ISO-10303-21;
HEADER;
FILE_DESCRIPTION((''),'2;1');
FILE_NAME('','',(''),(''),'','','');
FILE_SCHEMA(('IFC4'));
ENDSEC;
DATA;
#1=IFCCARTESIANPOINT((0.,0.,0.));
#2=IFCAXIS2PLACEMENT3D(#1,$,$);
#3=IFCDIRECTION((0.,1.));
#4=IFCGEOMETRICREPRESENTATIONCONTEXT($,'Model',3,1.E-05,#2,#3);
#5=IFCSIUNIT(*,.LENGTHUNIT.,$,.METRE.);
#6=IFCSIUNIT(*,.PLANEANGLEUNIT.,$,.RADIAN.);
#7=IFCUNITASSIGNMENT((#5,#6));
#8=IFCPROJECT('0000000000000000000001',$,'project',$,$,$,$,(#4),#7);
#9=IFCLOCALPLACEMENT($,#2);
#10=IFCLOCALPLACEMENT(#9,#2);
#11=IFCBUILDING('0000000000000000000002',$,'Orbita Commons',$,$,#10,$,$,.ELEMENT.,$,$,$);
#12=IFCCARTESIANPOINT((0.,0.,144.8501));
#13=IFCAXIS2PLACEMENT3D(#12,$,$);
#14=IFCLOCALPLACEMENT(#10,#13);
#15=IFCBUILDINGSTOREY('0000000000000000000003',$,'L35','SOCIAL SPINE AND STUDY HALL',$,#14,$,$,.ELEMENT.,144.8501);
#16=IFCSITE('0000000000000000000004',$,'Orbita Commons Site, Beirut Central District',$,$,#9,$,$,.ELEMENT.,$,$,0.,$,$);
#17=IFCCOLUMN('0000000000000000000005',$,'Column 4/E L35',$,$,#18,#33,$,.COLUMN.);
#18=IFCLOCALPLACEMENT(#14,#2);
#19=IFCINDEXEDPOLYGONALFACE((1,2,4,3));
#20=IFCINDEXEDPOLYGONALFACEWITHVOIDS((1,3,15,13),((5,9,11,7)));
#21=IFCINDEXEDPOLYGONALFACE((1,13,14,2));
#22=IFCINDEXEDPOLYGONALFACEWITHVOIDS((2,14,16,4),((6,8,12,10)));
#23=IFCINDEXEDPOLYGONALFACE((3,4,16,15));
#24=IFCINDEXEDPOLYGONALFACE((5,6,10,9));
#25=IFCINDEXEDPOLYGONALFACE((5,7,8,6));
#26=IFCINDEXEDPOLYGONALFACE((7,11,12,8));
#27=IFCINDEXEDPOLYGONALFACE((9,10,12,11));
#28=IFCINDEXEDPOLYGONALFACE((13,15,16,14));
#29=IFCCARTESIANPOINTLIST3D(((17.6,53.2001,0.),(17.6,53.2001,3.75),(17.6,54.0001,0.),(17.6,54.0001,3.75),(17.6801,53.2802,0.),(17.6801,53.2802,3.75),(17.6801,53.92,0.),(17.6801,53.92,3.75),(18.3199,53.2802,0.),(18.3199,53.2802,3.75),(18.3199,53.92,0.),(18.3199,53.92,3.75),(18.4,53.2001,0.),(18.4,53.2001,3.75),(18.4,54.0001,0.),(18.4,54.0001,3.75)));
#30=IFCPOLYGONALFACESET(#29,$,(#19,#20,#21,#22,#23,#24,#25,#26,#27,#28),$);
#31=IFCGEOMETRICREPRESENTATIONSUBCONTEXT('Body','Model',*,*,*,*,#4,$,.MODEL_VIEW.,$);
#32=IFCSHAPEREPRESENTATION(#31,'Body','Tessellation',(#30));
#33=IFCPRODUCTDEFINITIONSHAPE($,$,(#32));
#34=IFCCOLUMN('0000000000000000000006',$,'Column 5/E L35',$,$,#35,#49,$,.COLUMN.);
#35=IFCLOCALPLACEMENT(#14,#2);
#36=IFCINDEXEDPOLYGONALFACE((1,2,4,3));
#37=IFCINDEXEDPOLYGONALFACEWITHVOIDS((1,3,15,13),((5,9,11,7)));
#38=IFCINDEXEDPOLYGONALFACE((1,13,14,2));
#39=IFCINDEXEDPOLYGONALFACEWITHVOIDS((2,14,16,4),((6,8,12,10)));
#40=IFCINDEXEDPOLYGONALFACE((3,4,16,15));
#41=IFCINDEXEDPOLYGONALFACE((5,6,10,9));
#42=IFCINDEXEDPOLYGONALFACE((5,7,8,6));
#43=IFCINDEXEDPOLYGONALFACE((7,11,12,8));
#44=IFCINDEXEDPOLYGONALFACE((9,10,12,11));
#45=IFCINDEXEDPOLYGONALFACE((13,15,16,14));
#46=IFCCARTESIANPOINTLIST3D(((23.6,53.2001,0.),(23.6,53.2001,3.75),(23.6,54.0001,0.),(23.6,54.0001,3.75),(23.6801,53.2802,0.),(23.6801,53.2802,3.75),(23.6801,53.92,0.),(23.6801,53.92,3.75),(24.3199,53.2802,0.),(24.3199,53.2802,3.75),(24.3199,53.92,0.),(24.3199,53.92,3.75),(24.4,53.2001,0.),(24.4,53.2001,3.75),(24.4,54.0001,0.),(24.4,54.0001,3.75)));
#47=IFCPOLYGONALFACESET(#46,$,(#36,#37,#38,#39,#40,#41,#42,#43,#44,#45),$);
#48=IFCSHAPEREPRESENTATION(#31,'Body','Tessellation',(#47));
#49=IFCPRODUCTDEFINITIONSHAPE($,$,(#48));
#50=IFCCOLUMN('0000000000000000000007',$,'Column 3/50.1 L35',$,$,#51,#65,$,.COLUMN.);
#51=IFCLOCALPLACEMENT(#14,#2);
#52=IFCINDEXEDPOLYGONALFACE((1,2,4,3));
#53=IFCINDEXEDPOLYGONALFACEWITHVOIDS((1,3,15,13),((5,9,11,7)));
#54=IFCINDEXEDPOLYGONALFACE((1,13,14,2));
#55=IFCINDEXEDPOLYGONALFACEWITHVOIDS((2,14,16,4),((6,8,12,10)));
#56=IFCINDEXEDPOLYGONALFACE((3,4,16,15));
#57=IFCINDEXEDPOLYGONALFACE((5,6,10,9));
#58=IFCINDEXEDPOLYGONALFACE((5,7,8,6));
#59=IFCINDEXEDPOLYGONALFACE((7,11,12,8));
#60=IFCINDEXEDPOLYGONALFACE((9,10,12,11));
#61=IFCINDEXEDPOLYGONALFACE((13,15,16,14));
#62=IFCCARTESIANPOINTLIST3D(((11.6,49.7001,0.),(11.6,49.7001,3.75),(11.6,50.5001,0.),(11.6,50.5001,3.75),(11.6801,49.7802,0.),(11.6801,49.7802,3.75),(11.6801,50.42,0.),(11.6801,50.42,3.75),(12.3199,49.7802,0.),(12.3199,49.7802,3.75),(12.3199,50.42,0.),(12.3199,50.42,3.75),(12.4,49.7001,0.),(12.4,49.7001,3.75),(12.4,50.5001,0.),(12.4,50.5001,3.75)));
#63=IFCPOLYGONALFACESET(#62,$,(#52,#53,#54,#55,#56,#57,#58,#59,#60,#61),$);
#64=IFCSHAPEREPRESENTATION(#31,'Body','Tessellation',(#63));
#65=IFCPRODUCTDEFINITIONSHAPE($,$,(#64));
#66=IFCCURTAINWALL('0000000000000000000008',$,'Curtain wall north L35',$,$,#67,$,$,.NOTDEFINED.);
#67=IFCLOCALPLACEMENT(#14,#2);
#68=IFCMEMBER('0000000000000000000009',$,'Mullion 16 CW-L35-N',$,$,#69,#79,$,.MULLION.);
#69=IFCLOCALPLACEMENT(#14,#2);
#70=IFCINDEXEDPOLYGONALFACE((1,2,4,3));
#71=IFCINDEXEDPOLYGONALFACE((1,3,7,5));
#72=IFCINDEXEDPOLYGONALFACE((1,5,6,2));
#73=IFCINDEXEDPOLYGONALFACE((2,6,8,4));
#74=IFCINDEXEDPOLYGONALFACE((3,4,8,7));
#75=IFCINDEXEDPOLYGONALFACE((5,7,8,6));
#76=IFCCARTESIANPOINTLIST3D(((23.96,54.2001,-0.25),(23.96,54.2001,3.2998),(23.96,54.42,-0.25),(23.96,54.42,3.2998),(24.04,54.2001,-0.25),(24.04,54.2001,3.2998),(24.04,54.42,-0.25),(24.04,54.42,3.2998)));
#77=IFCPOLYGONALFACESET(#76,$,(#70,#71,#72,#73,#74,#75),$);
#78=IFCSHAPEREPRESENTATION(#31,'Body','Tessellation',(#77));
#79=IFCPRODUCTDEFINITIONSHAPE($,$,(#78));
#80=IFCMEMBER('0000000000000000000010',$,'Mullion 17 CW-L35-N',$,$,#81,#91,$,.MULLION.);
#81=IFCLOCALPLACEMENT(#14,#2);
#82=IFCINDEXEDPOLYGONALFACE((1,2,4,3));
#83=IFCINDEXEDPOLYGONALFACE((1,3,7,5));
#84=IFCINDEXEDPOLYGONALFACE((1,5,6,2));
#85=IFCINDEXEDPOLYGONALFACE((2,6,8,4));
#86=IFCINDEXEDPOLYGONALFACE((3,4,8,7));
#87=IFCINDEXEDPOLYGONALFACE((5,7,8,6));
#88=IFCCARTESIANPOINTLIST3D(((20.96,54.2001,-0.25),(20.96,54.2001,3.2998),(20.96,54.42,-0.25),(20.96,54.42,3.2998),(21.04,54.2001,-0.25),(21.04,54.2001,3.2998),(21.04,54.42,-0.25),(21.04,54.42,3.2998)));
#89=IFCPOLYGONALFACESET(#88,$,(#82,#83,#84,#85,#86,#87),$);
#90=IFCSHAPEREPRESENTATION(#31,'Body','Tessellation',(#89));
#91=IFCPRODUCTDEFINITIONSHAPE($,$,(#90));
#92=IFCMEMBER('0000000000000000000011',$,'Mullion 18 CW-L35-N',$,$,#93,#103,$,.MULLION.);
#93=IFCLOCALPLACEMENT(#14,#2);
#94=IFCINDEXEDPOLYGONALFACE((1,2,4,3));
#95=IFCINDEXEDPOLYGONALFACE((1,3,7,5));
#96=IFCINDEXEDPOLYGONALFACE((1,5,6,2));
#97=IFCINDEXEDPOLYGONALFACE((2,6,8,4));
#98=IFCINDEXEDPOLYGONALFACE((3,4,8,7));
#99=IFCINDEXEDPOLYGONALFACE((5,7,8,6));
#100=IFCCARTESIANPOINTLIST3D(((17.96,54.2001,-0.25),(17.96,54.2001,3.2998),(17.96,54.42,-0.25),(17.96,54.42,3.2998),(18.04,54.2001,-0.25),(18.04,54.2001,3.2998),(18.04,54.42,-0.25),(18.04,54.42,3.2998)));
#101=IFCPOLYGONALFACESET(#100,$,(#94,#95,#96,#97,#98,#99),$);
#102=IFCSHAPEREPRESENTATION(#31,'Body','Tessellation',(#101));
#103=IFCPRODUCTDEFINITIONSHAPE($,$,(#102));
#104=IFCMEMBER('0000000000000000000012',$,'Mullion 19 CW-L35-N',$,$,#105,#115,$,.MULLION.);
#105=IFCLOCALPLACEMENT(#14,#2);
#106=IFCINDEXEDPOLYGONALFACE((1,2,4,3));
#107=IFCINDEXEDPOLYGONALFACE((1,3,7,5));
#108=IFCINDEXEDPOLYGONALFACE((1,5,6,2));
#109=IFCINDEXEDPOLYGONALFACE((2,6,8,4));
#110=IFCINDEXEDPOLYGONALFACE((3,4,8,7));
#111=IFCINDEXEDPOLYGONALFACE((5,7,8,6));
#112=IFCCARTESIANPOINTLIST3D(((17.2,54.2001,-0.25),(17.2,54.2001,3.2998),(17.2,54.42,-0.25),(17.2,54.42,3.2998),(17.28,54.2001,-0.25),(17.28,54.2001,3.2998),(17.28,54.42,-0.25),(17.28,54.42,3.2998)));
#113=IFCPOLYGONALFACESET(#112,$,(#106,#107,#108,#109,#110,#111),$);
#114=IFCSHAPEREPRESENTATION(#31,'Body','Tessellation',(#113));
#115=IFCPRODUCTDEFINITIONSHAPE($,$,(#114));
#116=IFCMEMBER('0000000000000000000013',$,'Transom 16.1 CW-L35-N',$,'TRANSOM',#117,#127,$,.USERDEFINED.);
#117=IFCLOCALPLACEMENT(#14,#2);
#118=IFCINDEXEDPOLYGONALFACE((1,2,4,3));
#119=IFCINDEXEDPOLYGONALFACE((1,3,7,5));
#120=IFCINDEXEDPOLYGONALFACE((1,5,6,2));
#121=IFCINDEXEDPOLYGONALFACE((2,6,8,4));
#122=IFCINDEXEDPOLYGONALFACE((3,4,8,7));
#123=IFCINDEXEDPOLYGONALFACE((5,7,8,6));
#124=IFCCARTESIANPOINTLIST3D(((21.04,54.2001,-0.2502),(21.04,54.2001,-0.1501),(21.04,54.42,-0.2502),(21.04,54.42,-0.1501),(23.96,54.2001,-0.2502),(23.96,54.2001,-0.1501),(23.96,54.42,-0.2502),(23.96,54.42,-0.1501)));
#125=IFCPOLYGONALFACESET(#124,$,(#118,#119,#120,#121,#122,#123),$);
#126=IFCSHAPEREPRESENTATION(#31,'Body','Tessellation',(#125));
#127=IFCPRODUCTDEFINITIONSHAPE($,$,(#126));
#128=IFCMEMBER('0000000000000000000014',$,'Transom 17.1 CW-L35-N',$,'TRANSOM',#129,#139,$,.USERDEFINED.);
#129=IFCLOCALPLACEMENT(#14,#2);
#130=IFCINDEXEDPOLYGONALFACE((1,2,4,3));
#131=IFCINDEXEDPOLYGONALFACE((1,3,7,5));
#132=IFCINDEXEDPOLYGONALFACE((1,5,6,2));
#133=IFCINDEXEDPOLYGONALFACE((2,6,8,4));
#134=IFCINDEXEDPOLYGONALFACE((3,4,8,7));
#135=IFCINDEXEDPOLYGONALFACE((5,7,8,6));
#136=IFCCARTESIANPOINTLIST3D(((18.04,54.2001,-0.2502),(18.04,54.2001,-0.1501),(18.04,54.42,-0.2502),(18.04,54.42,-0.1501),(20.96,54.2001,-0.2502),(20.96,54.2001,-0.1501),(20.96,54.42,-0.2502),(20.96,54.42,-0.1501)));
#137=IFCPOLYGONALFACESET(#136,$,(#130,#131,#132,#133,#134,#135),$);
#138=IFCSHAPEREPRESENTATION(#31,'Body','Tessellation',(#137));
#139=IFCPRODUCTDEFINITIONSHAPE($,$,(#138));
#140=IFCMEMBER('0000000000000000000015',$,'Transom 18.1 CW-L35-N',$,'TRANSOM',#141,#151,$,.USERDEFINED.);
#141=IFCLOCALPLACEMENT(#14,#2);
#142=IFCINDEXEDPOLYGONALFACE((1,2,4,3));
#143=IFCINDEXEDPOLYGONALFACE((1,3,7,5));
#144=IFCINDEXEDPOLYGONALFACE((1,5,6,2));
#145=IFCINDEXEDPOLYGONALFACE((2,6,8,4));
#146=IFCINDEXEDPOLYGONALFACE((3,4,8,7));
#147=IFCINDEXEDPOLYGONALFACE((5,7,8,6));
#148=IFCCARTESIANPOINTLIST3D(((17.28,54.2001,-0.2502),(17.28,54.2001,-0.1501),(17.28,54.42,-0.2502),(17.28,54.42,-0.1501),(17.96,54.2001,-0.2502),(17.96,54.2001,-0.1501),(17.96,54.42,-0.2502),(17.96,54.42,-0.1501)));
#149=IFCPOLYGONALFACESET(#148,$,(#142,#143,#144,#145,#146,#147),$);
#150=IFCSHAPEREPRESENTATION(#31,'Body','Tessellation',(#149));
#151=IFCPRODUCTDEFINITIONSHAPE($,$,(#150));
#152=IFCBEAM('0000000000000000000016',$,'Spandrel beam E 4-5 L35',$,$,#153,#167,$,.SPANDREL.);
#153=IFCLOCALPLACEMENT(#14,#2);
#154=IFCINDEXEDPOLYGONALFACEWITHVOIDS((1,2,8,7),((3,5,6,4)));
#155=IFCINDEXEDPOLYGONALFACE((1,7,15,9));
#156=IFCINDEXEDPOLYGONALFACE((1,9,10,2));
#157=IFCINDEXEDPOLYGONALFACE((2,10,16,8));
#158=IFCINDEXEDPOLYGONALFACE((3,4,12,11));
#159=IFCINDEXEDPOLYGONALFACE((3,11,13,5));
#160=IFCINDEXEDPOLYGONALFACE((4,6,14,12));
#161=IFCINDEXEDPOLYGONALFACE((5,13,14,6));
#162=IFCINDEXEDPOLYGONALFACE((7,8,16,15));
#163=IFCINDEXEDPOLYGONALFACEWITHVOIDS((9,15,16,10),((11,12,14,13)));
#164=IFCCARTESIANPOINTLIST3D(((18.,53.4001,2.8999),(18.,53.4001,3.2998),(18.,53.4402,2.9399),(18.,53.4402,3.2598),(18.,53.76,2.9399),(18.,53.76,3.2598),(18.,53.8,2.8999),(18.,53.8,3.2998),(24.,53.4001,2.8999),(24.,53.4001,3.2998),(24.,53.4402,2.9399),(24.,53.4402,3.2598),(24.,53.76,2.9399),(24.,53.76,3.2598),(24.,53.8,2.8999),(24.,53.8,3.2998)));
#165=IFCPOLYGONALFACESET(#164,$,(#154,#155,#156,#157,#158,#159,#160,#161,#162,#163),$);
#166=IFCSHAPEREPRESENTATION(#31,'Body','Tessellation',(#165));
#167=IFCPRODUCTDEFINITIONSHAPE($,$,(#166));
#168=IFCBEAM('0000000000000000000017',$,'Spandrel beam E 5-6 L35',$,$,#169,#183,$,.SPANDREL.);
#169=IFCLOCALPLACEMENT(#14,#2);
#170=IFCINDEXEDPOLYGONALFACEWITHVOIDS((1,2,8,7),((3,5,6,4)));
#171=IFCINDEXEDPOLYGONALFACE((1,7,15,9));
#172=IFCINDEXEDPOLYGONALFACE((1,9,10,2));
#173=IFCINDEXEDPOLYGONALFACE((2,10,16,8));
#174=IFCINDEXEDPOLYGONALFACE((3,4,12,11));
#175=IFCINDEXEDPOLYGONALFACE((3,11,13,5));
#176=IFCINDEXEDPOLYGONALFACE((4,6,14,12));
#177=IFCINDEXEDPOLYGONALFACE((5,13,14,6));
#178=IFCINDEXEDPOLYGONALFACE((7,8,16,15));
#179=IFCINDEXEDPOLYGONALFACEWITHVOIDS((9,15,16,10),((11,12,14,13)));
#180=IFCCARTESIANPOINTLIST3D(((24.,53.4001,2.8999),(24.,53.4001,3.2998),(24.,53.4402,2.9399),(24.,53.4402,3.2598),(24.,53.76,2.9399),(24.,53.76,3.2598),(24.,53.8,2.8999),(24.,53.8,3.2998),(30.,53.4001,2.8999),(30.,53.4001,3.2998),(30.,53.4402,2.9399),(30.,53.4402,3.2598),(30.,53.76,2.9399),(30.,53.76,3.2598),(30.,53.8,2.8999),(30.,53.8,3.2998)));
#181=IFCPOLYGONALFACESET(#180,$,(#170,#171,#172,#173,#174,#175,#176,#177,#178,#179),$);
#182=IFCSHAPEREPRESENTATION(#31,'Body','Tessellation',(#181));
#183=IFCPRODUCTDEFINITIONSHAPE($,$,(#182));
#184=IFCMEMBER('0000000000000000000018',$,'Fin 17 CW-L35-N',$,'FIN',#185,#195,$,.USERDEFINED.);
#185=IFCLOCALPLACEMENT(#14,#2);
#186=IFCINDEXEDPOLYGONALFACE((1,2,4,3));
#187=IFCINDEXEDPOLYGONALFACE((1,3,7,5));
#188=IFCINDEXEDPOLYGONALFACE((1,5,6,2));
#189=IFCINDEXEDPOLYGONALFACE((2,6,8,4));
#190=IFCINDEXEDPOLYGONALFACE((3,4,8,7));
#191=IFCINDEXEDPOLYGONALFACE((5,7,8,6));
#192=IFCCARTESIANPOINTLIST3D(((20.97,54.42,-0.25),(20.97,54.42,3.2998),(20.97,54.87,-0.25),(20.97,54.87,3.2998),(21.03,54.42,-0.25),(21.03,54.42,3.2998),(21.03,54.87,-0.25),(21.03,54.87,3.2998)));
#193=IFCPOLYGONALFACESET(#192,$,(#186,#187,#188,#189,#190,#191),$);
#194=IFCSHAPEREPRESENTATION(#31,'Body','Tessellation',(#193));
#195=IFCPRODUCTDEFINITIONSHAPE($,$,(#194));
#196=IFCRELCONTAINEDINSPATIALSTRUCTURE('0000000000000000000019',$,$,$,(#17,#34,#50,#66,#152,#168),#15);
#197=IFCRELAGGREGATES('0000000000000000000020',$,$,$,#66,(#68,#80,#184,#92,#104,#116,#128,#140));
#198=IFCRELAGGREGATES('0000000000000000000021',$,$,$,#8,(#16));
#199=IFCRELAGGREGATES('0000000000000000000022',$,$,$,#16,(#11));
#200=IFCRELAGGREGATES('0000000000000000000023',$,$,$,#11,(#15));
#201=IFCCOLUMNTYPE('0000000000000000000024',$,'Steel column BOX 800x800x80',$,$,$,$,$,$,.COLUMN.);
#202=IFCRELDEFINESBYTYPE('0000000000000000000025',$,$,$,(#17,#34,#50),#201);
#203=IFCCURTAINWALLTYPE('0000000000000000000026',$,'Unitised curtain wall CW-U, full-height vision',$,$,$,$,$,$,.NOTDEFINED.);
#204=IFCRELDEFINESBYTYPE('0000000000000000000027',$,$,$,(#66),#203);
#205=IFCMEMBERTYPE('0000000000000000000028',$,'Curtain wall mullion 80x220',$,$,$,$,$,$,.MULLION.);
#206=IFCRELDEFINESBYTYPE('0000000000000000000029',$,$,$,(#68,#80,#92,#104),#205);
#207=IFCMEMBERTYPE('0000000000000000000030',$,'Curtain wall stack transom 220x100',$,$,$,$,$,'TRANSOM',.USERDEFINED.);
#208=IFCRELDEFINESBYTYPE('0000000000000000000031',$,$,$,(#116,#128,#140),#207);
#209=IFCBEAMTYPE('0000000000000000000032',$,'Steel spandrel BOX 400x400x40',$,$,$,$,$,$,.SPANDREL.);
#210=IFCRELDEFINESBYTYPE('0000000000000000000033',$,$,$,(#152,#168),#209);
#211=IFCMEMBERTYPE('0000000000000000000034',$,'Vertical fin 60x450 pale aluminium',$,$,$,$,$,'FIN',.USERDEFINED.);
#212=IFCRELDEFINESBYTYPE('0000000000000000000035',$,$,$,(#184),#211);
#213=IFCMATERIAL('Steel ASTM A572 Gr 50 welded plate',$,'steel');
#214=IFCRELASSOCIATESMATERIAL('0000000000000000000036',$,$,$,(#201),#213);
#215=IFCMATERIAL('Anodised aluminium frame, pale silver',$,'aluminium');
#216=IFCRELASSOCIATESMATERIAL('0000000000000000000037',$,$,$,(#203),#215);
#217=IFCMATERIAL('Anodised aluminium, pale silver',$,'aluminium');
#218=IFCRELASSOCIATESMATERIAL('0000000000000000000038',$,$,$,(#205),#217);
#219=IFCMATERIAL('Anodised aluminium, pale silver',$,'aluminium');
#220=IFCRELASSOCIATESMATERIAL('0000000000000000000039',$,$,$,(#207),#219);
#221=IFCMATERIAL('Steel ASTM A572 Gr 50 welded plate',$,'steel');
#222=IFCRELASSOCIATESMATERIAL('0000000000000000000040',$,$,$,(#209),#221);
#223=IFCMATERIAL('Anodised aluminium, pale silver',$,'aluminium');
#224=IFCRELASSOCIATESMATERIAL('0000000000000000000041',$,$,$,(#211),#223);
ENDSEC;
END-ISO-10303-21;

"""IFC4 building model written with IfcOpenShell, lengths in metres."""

from ifc_helpers import new_model, si_unit, direction, frame, origin, origin_2d, place, context, subcontext, project, spatial, rectangle, hollow_rectangle, extrude, material, material_profile, profile_set, type_object, element, aggregate, save


model = new_model("IFC4")

# Units and contexts
model_context = context("Model", 3, precision=1e-05, world=origin(), true_north=direction((0.0, 1.0)))
body_context = subcontext(model_context, "Body", "Model", "MODEL_VIEW")
ifc_project = project(units=[si_unit("LENGTHUNIT", "METRE"), si_unit("PLANEANGLEUNIT", "RADIAN")], contexts=[model_context])

# Site, building, storey
site_placement = place(None, origin())
site = spatial("IfcSite", under=ifc_project, at=site_placement, Name="Orbita Commons Site, Beirut Central District", CompositionType="ELEMENT", RefElevation=0.0)
building_placement = place(site_placement, origin())
building = spatial("IfcBuilding", under=site, at=building_placement, Name="Orbita Commons", CompositionType="ELEMENT")
storey_placement = place(building_placement, frame((0.0, 0.0, 144.8501)))
storey = spatial("IfcBuildingStorey", under=building, at=storey_placement, Name="L35", Description="SOCIAL SPINE AND STUDY HALL", CompositionType="ELEMENT", Elevation=144.8501)

# Columns
ifc_material_1 = material(Name="Steel ASTM A572 Gr 50 welded plate", Category="steel")
ifc_material_profile_1 = material_profile(ifc_material_1, hollow_rectangle(XDim=0.8, YDim=0.8, WallThickness=0.0801, at=origin_2d()), Name="BOX 800x800x80")
ifc_profile_set_1 = profile_set([ifc_material_profile_1], Name="Steel ASTM A572 Gr 50 welded plate")
column_type = type_object("IfcColumnType", Name="Steel column BOX 800x800x80", PredefinedType="COLUMN", material=ifc_profile_set_1)
for number, where, z_axis, x_axis, name in (
    (1, (18.0, 53.6001, 0.0), (0.0, 0.0, 1.0), (1.0, 0.0, 0.0), "Column 4/E L35"),
    (2, (24.0, 53.6001, 0.0), (0.0, 0.0, 1.0), (1.0, 0.0, 0.0), "Column 5/E L35"),
    (3, (12.0, 50.1001, 0.0), (0.0, 0.0, 1.0), (1.0, 0.0, 0.0), "Column 3/50.1 L35"),
):
    element("IfcColumn", number, at=place(storey_placement, frame(where, z_axis=z_axis, x_axis=x_axis)), inside=storey, type_object=column_type, Name=name, PredefinedType="COLUMN", context=body_context, shape_type="SweptSolid", body=[
        extrude(hollow_rectangle(XDim=0.8, YDim=0.8, WallThickness=0.0801, at=origin_2d()), origin(), (0.0, 0.0, 1.0), 3.75),
    ])

# Curtain wall, members
ifc_material_2 = material(Name="Anodised aluminium frame, pale silver", Category="aluminium")
curtain_wall_type = type_object("IfcCurtainWallType", Name="Unitised curtain wall CW-U, full-height vision", PredefinedType="NOTDEFINED", material=ifc_material_2)
curtain_wall_placement = place(storey_placement, origin())
curtain_wall = element("IfcCurtainWall", 4, at=curtain_wall_placement, inside=storey, type_object=curtain_wall_type, Name="Curtain wall north L35", PredefinedType="NOTDEFINED")
ifc_material_3 = material(Name="Anodised aluminium, pale silver", Category="aluminium")
ifc_material_profile_2 = material_profile(ifc_material_3, rectangle(XDim=0.0801, YDim=0.22, at=origin_2d()), Name="AL 80x220")
ifc_profile_set_2 = profile_set([ifc_material_profile_2], Name="Anodised aluminium, pale silver")
member_type_1 = type_object("IfcMemberType", Name="Curtain wall mullion 80x220", PredefinedType="MULLION", material=ifc_profile_set_2)
member_1_placement = place(storey_placement, frame((24.0, 54.3101, -0.25), z_axis=(0.0, 0.0, 1.0), x_axis=(-1.0, 0.0, 0.0)))
member_1 = element("IfcMember", 5, at=member_1_placement, type_object=member_type_1, Name="Mullion 16 CW-L35-N", PredefinedType="MULLION", context=body_context, shape_type="SweptSolid", body=[
    extrude(rectangle(XDim=0.0801, YDim=0.22, at=origin_2d()), origin(), (0.0, 0.0, 1.0), 3.5498),
])
member_2_placement = place(storey_placement, frame((21.0, 54.3101, -0.25), z_axis=(0.0, 0.0, 1.0), x_axis=(-1.0, 0.0, 0.0)))
member_2 = element("IfcMember", 6, at=member_2_placement, type_object=member_type_1, Name="Mullion 17 CW-L35-N", PredefinedType="MULLION", context=body_context, shape_type="SweptSolid", body=[
    extrude(rectangle(XDim=0.0801, YDim=0.22, at=origin_2d()), origin(), (0.0, 0.0, 1.0), 3.5498),
])
member_3_placement = place(storey_placement, frame((18.0, 54.3101, -0.25), z_axis=(0.0, 0.0, 1.0), x_axis=(-1.0, 0.0, 0.0)))
member_3 = element("IfcMember", 7, at=member_3_placement, type_object=member_type_1, Name="Mullion 18 CW-L35-N", PredefinedType="MULLION", context=body_context, shape_type="SweptSolid", body=[
    extrude(rectangle(XDim=0.0801, YDim=0.22, at=origin_2d()), origin(), (0.0, 0.0, 1.0), 3.5498),
])
member_4_placement = place(storey_placement, frame((17.24, 54.3101, -0.25), z_axis=(0.0, 0.0, 1.0), x_axis=(-1.0, 0.0, 0.0)))
member_4 = element("IfcMember", 8, at=member_4_placement, type_object=member_type_1, Name="Mullion 19 CW-L35-N", PredefinedType="MULLION", context=body_context, shape_type="SweptSolid", body=[
    extrude(rectangle(XDim=0.0801, YDim=0.22, at=origin_2d()), origin(), (0.0, 0.0, 1.0), 3.5498),
])
ifc_material_4 = material(Name="Anodised aluminium, pale silver", Category="aluminium")
ifc_material_profile_3 = material_profile(ifc_material_4, rectangle(XDim=0.22, YDim=0.1001, at=origin_2d()), Name="AL 220x100")
ifc_profile_set_3 = profile_set([ifc_material_profile_3], Name="Anodised aluminium, pale silver")
member_type_2 = type_object("IfcMemberType", Name="Curtain wall stack transom 220x100", ElementType="TRANSOM", PredefinedType="USERDEFINED", material=ifc_profile_set_3)
member_5_placement = place(storey_placement, frame((23.96, 54.3101, -0.2002), z_axis=(-1.0, 0.0, 0.0), x_axis=(0.0, -1.0, 0.0)))
member_5 = element("IfcMember", 9, at=member_5_placement, type_object=member_type_2, Name="Transom 16.1 CW-L35-N", ObjectType="TRANSOM", PredefinedType="USERDEFINED", context=body_context, shape_type="SweptSolid", body=[
    extrude(rectangle(XDim=0.22, YDim=0.1001, at=origin_2d()), origin(), (0.0, 0.0, 1.0), 2.9199),
])
member_6_placement = place(storey_placement, frame((20.96, 54.3101, -0.2002), z_axis=(-1.0, 0.0, 0.0), x_axis=(0.0, -1.0, 0.0)))
member_6 = element("IfcMember", 10, at=member_6_placement, type_object=member_type_2, Name="Transom 17.1 CW-L35-N", ObjectType="TRANSOM", PredefinedType="USERDEFINED", context=body_context, shape_type="SweptSolid", body=[
    extrude(rectangle(XDim=0.22, YDim=0.1001, at=origin_2d()), origin(), (0.0, 0.0, 1.0), 2.9199),
])
member_7_placement = place(storey_placement, frame((17.96, 54.3101, -0.2002), z_axis=(-1.0, 0.0, 0.0), x_axis=(0.0, -1.0, 0.0)))
member_7 = element("IfcMember", 11, at=member_7_placement, type_object=member_type_2, Name="Transom 18.1 CW-L35-N", ObjectType="TRANSOM", PredefinedType="USERDEFINED", context=body_context, shape_type="SweptSolid", body=[
    extrude(rectangle(XDim=0.22, YDim=0.1001, at=origin_2d()), origin(), (0.0, 0.0, 1.0), 0.6799),
])

# Beams
ifc_material_5 = material(Name="Steel ASTM A572 Gr 50 welded plate", Category="steel")
ifc_material_profile_4 = material_profile(ifc_material_5, hollow_rectangle(XDim=0.3999, YDim=0.3999, WallThickness=0.04, at=origin_2d()), Name="BOX 400x400x40")
ifc_profile_set_4 = profile_set([ifc_material_profile_4], Name="Steel ASTM A572 Gr 50 welded plate")
beam_type = type_object("IfcBeamType", Name="Steel spandrel BOX 400x400x40", PredefinedType="SPANDREL", material=ifc_profile_set_4)
for number, where, z_axis, x_axis, name in (
    (12, (18.0, 53.6001, 3.0999), (1.0, 0.0, 0.0), (0.0, 1.0, 0.0), "Spandrel beam E 4-5 L35"),
    (13, (24.0, 53.6001, 3.0999), (1.0, 0.0, 0.0), (0.0, 1.0, 0.0), "Spandrel beam E 5-6 L35"),
):
    element("IfcBeam", number, at=place(storey_placement, frame(where, z_axis=z_axis, x_axis=x_axis)), inside=storey, type_object=beam_type, Name=name, PredefinedType="SPANDREL", context=body_context, shape_type="SweptSolid", body=[
        extrude(hollow_rectangle(XDim=0.3999, YDim=0.3999, WallThickness=0.04, at=origin_2d()), origin(), (0.0, 0.0, 1.0), 6.0),
    ])

# Member
ifc_material_6 = material(Name="Anodised aluminium, pale silver", Category="aluminium")
ifc_material_profile_5 = material_profile(ifc_material_6, rectangle(XDim=0.0601, YDim=0.45, at=origin_2d()), Name="FIN 60x450")
ifc_profile_set_5 = profile_set([ifc_material_profile_5], Name="Anodised aluminium, pale silver")
member_type_3 = type_object("IfcMemberType", Name="Vertical fin 60x450 pale aluminium", ElementType="FIN", PredefinedType="USERDEFINED", material=ifc_profile_set_5)
member_8_placement = place(storey_placement, frame((21.0, 54.645, -0.25), z_axis=(0.0, 0.0, 1.0), x_axis=(-1.0, 0.0, 0.0)))
member_8 = element("IfcMember", 14, at=member_8_placement, type_object=member_type_3, Name="Fin 17 CW-L35-N", ObjectType="FIN", PredefinedType="USERDEFINED", context=body_context, shape_type="SweptSolid", body=[
    extrude(rectangle(XDim=0.0601, YDim=0.45, at=origin_2d()), origin(), (0.0, 0.0, 1.0), 3.5498),
])

aggregate(curtain_wall, [member_1, member_2, member_8, member_3, member_4, member_5, member_6, member_7])

save(model, "model.ifc")
